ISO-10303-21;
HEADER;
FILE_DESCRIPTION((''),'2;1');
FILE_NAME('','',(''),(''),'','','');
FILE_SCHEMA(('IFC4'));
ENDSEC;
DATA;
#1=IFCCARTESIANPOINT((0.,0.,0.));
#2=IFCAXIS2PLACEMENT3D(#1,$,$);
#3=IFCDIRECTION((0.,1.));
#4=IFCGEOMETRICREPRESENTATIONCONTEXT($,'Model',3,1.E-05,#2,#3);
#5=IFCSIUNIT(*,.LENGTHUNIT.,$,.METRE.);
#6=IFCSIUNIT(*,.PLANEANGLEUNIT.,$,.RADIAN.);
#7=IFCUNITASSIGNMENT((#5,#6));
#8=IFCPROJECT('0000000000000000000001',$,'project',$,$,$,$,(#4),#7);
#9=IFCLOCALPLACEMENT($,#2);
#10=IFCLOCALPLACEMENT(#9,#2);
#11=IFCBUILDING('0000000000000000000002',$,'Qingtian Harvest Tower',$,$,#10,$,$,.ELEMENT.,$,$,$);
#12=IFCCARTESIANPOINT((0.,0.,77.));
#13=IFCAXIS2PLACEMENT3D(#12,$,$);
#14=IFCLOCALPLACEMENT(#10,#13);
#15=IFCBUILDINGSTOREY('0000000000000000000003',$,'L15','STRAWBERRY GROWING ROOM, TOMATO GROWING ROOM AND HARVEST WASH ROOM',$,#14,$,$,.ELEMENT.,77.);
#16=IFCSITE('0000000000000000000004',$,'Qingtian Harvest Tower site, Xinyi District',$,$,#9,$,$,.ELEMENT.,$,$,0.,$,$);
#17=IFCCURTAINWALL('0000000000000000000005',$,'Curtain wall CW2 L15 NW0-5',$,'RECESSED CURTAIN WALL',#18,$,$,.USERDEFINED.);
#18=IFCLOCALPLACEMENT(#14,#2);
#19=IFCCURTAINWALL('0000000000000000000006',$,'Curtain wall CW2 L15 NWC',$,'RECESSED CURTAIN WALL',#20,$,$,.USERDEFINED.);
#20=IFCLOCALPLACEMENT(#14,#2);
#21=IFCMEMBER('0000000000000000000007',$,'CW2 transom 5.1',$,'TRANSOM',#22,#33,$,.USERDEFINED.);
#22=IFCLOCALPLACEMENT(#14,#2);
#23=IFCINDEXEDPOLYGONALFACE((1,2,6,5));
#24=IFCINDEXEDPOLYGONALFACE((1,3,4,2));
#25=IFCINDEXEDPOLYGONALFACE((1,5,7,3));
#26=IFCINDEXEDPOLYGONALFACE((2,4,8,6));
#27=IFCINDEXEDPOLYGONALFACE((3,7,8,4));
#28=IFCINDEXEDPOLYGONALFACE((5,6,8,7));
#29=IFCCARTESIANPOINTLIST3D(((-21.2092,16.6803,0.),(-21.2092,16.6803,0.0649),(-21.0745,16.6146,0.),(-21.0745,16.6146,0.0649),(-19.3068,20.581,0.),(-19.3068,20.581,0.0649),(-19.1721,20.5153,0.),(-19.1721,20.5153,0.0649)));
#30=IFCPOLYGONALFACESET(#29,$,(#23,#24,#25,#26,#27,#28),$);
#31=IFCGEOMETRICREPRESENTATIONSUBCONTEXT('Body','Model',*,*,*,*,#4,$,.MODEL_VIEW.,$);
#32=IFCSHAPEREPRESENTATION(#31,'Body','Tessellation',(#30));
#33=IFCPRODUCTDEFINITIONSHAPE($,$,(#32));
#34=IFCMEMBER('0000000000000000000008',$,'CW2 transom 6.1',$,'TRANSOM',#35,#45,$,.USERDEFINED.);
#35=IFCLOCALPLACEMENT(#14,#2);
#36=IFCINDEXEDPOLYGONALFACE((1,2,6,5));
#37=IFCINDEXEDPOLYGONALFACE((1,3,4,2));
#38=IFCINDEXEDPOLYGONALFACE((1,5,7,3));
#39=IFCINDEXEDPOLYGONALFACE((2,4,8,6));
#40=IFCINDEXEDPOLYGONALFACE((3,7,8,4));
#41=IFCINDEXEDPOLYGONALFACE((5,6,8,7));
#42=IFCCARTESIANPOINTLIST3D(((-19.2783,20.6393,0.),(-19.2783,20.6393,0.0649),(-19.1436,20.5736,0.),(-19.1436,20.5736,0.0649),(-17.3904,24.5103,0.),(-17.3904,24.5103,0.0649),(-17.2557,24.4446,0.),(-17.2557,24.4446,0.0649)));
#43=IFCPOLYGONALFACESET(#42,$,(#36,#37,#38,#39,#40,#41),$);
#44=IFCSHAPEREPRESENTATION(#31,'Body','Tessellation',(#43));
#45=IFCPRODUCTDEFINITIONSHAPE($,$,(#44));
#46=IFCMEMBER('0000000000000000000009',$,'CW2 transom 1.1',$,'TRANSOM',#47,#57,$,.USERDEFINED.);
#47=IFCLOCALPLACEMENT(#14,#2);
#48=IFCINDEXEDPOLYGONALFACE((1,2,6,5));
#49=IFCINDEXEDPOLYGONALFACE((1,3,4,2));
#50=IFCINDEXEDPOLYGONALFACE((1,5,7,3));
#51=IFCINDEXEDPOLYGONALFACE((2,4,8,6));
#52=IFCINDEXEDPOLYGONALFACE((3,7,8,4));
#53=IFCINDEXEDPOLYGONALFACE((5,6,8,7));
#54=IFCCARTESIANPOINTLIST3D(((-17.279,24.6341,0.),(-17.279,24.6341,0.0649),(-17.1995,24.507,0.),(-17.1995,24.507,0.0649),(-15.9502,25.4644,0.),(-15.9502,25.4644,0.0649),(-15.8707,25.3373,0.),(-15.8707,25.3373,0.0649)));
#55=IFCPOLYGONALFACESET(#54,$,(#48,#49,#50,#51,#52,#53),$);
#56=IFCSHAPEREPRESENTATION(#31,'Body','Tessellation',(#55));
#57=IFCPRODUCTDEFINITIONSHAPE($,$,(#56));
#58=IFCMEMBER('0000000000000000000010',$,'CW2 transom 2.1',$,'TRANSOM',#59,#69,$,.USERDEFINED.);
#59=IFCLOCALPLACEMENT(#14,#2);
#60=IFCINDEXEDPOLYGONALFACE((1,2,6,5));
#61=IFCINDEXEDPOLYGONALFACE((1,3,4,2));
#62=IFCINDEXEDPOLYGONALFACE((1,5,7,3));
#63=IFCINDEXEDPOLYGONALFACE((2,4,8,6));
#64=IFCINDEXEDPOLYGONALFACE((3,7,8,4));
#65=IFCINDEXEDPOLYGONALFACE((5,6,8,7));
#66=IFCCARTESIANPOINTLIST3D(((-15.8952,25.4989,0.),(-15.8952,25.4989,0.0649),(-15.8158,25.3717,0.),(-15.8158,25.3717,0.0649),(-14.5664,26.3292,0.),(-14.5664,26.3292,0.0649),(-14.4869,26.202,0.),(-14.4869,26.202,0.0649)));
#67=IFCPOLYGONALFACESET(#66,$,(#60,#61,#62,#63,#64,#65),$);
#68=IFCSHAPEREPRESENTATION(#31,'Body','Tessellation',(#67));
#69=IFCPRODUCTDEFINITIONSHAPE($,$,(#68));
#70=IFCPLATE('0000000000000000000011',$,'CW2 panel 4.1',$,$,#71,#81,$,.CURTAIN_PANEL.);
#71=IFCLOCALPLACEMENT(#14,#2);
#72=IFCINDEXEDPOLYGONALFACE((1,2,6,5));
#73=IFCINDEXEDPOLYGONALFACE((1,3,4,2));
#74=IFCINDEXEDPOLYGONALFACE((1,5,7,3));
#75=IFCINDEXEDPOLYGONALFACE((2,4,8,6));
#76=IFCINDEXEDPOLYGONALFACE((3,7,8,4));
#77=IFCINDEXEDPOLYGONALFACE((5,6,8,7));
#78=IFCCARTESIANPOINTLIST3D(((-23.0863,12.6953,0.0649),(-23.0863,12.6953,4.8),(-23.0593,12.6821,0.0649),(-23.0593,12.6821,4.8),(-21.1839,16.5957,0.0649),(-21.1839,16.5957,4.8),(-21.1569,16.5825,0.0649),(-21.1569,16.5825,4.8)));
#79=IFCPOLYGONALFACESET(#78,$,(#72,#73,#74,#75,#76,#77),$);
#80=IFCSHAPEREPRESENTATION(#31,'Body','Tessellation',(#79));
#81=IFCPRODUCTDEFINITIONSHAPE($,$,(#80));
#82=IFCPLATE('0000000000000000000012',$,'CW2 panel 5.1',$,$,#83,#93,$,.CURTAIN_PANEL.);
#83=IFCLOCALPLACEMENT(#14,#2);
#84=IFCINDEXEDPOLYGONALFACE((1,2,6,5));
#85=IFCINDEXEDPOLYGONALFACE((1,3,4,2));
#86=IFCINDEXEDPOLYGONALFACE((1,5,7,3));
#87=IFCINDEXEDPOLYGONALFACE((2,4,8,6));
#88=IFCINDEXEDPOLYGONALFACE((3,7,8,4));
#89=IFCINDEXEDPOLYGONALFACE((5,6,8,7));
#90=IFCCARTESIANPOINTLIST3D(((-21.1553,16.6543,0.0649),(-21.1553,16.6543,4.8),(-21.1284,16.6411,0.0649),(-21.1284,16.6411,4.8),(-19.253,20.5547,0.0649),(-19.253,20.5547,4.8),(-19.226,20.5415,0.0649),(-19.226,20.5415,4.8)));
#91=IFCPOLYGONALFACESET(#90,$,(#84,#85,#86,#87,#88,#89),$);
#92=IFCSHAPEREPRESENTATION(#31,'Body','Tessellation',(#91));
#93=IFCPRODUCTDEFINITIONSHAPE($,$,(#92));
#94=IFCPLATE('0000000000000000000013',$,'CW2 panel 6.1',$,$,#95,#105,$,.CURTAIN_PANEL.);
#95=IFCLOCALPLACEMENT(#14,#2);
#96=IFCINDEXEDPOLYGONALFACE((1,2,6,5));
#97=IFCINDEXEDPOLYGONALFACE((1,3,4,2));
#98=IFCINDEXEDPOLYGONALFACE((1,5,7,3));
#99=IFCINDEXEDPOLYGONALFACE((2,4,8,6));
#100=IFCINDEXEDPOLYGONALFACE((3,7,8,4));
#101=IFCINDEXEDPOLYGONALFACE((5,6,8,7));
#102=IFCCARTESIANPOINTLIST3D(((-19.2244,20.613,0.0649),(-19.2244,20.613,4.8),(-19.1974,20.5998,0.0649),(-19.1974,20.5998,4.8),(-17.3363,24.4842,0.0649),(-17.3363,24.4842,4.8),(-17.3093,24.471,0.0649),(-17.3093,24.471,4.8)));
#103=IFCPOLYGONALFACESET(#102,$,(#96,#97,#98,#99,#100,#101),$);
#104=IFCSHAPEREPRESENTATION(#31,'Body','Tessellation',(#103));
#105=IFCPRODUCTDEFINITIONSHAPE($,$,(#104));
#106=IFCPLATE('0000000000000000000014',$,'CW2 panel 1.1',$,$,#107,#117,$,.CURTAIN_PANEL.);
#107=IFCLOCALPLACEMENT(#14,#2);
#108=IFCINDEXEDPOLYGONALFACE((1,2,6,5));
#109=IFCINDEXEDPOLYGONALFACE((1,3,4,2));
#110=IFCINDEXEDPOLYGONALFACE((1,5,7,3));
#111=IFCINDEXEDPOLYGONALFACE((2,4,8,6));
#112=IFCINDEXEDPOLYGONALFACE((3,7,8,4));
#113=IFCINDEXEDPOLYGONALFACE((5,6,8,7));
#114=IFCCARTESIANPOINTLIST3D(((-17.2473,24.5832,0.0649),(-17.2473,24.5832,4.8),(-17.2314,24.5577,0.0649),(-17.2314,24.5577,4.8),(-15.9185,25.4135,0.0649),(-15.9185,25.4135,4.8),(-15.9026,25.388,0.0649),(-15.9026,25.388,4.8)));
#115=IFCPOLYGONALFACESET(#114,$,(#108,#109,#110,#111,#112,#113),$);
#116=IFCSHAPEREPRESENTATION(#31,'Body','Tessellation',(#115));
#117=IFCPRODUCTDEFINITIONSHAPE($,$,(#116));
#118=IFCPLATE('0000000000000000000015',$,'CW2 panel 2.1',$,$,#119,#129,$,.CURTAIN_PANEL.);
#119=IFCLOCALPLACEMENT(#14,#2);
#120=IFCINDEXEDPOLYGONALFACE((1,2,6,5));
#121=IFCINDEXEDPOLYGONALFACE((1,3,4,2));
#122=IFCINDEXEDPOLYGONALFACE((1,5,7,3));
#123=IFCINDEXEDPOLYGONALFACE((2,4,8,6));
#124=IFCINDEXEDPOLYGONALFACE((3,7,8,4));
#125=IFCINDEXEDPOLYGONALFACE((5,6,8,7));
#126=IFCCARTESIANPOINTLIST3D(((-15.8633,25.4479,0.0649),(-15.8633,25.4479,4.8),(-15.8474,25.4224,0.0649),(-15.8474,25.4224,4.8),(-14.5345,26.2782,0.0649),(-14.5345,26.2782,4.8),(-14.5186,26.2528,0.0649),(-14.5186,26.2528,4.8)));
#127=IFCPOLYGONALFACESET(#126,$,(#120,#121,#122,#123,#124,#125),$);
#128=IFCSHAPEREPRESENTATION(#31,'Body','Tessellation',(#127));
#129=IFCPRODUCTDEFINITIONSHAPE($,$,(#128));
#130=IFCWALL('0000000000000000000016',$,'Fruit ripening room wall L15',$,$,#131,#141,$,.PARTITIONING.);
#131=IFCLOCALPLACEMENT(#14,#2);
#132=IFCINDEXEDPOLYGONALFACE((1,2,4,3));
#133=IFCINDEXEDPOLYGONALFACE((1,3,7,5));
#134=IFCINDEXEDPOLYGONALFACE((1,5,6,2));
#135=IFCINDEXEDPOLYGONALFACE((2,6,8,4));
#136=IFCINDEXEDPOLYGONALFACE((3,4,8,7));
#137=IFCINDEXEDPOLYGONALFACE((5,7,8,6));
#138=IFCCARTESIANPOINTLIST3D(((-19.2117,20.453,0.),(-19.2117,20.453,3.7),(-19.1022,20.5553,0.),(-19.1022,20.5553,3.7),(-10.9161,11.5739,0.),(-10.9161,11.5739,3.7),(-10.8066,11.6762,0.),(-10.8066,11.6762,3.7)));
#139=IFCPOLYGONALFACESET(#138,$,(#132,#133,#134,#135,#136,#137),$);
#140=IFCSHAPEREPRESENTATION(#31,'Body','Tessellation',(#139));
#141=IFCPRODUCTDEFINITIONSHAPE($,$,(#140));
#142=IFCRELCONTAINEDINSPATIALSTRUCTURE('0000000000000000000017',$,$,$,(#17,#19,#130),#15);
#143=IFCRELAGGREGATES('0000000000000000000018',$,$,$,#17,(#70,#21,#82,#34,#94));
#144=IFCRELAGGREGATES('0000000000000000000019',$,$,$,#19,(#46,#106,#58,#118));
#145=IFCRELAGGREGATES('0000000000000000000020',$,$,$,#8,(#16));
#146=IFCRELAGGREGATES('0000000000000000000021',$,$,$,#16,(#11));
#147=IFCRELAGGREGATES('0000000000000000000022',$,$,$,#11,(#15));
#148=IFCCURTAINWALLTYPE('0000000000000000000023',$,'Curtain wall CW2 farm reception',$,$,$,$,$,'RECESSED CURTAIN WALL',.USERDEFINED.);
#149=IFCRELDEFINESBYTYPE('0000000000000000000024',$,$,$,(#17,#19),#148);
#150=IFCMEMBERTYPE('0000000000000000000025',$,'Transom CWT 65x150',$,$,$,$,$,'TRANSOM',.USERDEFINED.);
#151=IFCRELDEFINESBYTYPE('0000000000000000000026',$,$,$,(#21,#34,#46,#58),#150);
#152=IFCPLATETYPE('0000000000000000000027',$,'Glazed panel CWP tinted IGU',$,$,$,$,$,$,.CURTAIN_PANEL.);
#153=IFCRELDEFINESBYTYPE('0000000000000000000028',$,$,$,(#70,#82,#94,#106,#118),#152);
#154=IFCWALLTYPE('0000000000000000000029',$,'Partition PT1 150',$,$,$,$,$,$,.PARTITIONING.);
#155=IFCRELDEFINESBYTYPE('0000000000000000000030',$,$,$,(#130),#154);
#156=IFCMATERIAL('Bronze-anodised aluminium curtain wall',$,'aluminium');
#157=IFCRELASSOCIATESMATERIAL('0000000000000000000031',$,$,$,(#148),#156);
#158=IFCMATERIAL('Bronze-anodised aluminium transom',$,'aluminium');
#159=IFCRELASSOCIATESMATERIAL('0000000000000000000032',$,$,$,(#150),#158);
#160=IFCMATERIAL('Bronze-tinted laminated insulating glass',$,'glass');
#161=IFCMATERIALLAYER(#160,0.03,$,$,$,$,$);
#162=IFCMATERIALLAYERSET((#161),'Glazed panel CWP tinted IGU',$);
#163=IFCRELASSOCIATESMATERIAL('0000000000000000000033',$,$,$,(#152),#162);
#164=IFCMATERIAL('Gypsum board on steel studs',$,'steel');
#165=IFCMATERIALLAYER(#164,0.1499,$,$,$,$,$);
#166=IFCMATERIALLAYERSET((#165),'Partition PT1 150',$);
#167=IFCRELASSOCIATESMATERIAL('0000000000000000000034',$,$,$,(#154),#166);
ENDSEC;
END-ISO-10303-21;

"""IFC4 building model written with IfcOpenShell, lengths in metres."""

from ifc_helpers import new_model, si_unit, direction, frame, frame_2d, origin, origin_2d, place, context, subcontext, project, spatial, rectangle, extrude, material, layer, layer_set, material_profile, profile_set, type_object, element, aggregate, save


model = new_model("IFC4")

# Units and contexts
model_context = context("Model", 3, precision=1e-05, world=origin(), true_north=direction((0.0, 1.0)))
body_context = subcontext(model_context, "Body", "Model", "MODEL_VIEW")
ifc_project = project(units=[si_unit("LENGTHUNIT", "METRE"), si_unit("PLANEANGLEUNIT", "RADIAN")], contexts=[model_context])

# Site, building, storey
site_placement = place(None, origin())
site = spatial("IfcSite", under=ifc_project, at=site_placement, Name="Qingtian Harvest Tower site, Xinyi District", CompositionType="ELEMENT", RefElevation=0.0)
building_placement = place(site_placement, origin())
building = spatial("IfcBuilding", under=site, at=building_placement, Name="Qingtian Harvest Tower", CompositionType="ELEMENT")
storey_placement = place(building_placement, frame((0.0, 0.0, 77.0)))
storey = spatial("IfcBuildingStorey", under=building, at=storey_placement, Name="L15", Description="STRAWBERRY GROWING ROOM, TOMATO GROWING ROOM AND HARVEST WASH ROOM", CompositionType="ELEMENT", Elevation=77.0)

# Curtain walls
ifc_material_1 = material(Name="Bronze-anodised aluminium curtain wall", Category="aluminium")
curtain_wall_type = type_object("IfcCurtainWallType", Name="Curtain wall CW2 farm reception", ElementType="RECESSED CURTAIN WALL", PredefinedType="USERDEFINED", material=ifc_material_1)
curtain_wall_1_placement = place(storey_placement, origin())
curtain_wall_1 = element("IfcCurtainWall", 1, at=curtain_wall_1_placement, inside=storey, type_object=curtain_wall_type, Name="Curtain wall CW2 L15 NW0-5", ObjectType="RECESSED CURTAIN WALL", PredefinedType="USERDEFINED")
curtain_wall_2_placement = place(storey_placement, origin())
curtain_wall_2 = element("IfcCurtainWall", 2, at=curtain_wall_2_placement, inside=storey, type_object=curtain_wall_type, Name="Curtain wall CW2 L15 NWC", ObjectType="RECESSED CURTAIN WALL", PredefinedType="USERDEFINED")

# Members
ifc_material_2 = material(Name="Bronze-anodised aluminium transom", Category="aluminium")
ifc_material_profile_1 = material_profile(ifc_material_2, rectangle(XDim=0.1499, YDim=0.0649, at=origin_2d()), Name="AL 65x150")
ifc_profile_set_1 = profile_set([ifc_material_profile_1], Name="Bronze-anodised aluminium transom")
member_type_1 = type_object("IfcMemberType", Name="Transom CWT 65x150", ElementType="TRANSOM", PredefinedType="USERDEFINED", material=ifc_profile_set_1)
member_1_placement = place(storey_placement, frame((-21.1418, 16.6475, 0.0325), z_axis=(0.438348, 0.898805, 0.0), x_axis=(-0.898805, 0.438348, 0.0)))
member_1 = element("IfcMember", 3, at=member_1_placement, type_object=member_type_1, Name="CW2 transom 5.1", ObjectType="TRANSOM", PredefinedType="USERDEFINED", context=body_context, shape_type="SweptSolid", body=[
    extrude(rectangle(XDim=0.1499, YDim=0.0649, at=origin_2d()), origin(), (0.0, 0.0, 1.0), 4.3398),
])
member_2_placement = place(storey_placement, frame((-19.2109, 20.6064, 0.0325), z_axis=(0.438349, 0.898805, 0.0), x_axis=(-0.898805, 0.438349, 0.0)))
member_2 = element("IfcMember", 4, at=member_2_placement, type_object=member_type_1, Name="CW2 transom 6.1", ObjectType="TRANSOM", PredefinedType="USERDEFINED", context=body_context, shape_type="SweptSolid", body=[
    extrude(rectangle(XDim=0.1499, YDim=0.0649, at=origin_2d()), origin(), (0.0, 0.0, 1.0), 4.3069),
])
member_3_placement = place(storey_placement, frame((-17.2393, 24.5706, 0.0325), z_axis=(0.84806, 0.529901, 0.0), x_axis=(-0.529901, 0.84806, 0.0)))
member_3 = element("IfcMember", 5, at=member_3_placement, type_object=member_type_1, Name="CW2 transom 1.1", ObjectType="TRANSOM", PredefinedType="USERDEFINED", context=body_context, shape_type="SweptSolid", body=[
    extrude(rectangle(XDim=0.1499, YDim=0.0649, at=origin_2d()), origin(), (0.0, 0.0, 1.0), 1.5669),
])
member_4_placement = place(storey_placement, frame((-15.8555, 25.4353, 0.0325), z_axis=(0.84806, 0.529901, 0.0), x_axis=(-0.529901, 0.84806, 0.0)))
member_4 = element("IfcMember", 6, at=member_4_placement, type_object=member_type_1, Name="CW2 transom 2.1", ObjectType="TRANSOM", PredefinedType="USERDEFINED", context=body_context, shape_type="SweptSolid", body=[
    extrude(rectangle(XDim=0.1499, YDim=0.0649, at=origin_2d()), origin(), (0.0, 0.0, 1.0), 1.5669),
])

# Plates
ifc_material_3 = material(Name="Bronze-tinted laminated insulating glass", Category="glass")
ifc_layer_1 = layer(ifc_material_3, 0.03)
ifc_layer_set_1 = layer_set([ifc_layer_1], Name="Glazed panel CWP tinted IGU")
plate_type = type_object("IfcPlateType", Name="Glazed panel CWP tinted IGU", PredefinedType="CURTAIN_PANEL", material=ifc_layer_set_1)
plate_1_placement = place(storey_placement, frame((-22.1216, 14.6389, 0.0649), z_axis=(0.0, 0.0, 1.0), x_axis=(0.438371, 0.898794, 0.0)))
plate_1 = element("IfcPlate", 7, at=plate_1_placement, type_object=plate_type, Name="CW2 panel 4.1", PredefinedType="CURTAIN_PANEL", context=body_context, shape_type="SweptSolid", body=[
    extrude(rectangle(XDim=4.3396, YDim=0.03, at=origin_2d()), origin(), (0.0, 0.0, 1.0), 4.7351),
])
plate_2_placement = place(storey_placement, frame((-20.1907, 18.5979, 0.0649), z_axis=(0.0, 0.0, 1.0), x_axis=(0.438371, 0.898794, 0.0)))
plate_2 = element("IfcPlate", 8, at=plate_2_placement, type_object=plate_type, Name="CW2 panel 5.1", PredefinedType="CURTAIN_PANEL", context=body_context, shape_type="SweptSolid", body=[
    extrude(rectangle(XDim=4.3396, YDim=0.03, at=origin_2d()), origin(), (0.0, 0.0, 1.0), 4.7351),
])
plate_3_placement = place(storey_placement, frame((-18.2668, 22.542, 0.0649), z_axis=(0.0, 0.0, 1.0), x_axis=(0.438371, 0.898794, 0.0)))
plate_3 = element("IfcPlate", 9, at=plate_3_placement, type_object=plate_type, Name="CW2 panel 6.1", PredefinedType="CURTAIN_PANEL", context=body_context, shape_type="SweptSolid", body=[
    extrude(rectangle(XDim=4.3071, YDim=0.03, at=origin_2d()), origin(), (0.0, 0.0, 1.0), 4.7351),
])
aggregate(curtain_wall_1, [plate_1, member_1, plate_2, member_2, plate_3])
plate_4_placement = place(storey_placement, frame((-16.575, 24.9856, 0.0649), z_axis=(0.0, 0.0, 1.0), x_axis=(0.848048, 0.529919, 0.0)))
plate_4 = element("IfcPlate", 10, at=plate_4_placement, type_object=plate_type, Name="CW2 panel 1.1", PredefinedType="CURTAIN_PANEL", context=body_context, shape_type="SweptSolid", body=[
    extrude(rectangle(XDim=1.5669, YDim=0.03, at=origin_2d()), origin(), (0.0, 0.0, 1.0), 4.7351),
])
plate_5_placement = place(storey_placement, frame((-15.1909, 25.8503, 0.0649), z_axis=(0.0, 0.0, 1.0), x_axis=(0.848048, 0.529919, 0.0)))
plate_5 = element("IfcPlate", 11, at=plate_5_placement, type_object=plate_type, Name="CW2 panel 2.1", PredefinedType="CURTAIN_PANEL", context=body_context, shape_type="SweptSolid", body=[
    extrude(rectangle(XDim=1.5669, YDim=0.03, at=origin_2d()), origin(), (0.0, 0.0, 1.0), 4.7351),
])
aggregate(curtain_wall_2, [member_3, plate_4, member_4, plate_5])

# Wall
ifc_material_4 = material(Name="Gypsum board on steel studs", Category="steel")
ifc_layer_2 = layer(ifc_material_4, 0.1499)
ifc_layer_set_2 = layer_set([ifc_layer_2], Name="Partition PT1 150")
wall_type = type_object("IfcWallType", Name="Partition PT1 150", PredefinedType="PARTITIONING", material=ifc_layer_set_2)
wall_placement = place(storey_placement, frame((-19.157, 20.5042, 0.0), z_axis=(0.0, 0.0, 1.0), x_axis=(0.68269, -0.730708, 0.0)))
element("IfcWall", 12, at=wall_placement, inside=storey, type_object=wall_type, Name="Fruit ripening room wall L15", PredefinedType="PARTITIONING", context=body_context, shape_type="SweptSolid", body=[
    extrude(rectangle(XDim=12.1514, YDim=0.1499, at=frame_2d((6.0757, 0.0))), origin(), (0.0, 0.0, 1.0), 3.7),
])

save(model, "model.ifc")
